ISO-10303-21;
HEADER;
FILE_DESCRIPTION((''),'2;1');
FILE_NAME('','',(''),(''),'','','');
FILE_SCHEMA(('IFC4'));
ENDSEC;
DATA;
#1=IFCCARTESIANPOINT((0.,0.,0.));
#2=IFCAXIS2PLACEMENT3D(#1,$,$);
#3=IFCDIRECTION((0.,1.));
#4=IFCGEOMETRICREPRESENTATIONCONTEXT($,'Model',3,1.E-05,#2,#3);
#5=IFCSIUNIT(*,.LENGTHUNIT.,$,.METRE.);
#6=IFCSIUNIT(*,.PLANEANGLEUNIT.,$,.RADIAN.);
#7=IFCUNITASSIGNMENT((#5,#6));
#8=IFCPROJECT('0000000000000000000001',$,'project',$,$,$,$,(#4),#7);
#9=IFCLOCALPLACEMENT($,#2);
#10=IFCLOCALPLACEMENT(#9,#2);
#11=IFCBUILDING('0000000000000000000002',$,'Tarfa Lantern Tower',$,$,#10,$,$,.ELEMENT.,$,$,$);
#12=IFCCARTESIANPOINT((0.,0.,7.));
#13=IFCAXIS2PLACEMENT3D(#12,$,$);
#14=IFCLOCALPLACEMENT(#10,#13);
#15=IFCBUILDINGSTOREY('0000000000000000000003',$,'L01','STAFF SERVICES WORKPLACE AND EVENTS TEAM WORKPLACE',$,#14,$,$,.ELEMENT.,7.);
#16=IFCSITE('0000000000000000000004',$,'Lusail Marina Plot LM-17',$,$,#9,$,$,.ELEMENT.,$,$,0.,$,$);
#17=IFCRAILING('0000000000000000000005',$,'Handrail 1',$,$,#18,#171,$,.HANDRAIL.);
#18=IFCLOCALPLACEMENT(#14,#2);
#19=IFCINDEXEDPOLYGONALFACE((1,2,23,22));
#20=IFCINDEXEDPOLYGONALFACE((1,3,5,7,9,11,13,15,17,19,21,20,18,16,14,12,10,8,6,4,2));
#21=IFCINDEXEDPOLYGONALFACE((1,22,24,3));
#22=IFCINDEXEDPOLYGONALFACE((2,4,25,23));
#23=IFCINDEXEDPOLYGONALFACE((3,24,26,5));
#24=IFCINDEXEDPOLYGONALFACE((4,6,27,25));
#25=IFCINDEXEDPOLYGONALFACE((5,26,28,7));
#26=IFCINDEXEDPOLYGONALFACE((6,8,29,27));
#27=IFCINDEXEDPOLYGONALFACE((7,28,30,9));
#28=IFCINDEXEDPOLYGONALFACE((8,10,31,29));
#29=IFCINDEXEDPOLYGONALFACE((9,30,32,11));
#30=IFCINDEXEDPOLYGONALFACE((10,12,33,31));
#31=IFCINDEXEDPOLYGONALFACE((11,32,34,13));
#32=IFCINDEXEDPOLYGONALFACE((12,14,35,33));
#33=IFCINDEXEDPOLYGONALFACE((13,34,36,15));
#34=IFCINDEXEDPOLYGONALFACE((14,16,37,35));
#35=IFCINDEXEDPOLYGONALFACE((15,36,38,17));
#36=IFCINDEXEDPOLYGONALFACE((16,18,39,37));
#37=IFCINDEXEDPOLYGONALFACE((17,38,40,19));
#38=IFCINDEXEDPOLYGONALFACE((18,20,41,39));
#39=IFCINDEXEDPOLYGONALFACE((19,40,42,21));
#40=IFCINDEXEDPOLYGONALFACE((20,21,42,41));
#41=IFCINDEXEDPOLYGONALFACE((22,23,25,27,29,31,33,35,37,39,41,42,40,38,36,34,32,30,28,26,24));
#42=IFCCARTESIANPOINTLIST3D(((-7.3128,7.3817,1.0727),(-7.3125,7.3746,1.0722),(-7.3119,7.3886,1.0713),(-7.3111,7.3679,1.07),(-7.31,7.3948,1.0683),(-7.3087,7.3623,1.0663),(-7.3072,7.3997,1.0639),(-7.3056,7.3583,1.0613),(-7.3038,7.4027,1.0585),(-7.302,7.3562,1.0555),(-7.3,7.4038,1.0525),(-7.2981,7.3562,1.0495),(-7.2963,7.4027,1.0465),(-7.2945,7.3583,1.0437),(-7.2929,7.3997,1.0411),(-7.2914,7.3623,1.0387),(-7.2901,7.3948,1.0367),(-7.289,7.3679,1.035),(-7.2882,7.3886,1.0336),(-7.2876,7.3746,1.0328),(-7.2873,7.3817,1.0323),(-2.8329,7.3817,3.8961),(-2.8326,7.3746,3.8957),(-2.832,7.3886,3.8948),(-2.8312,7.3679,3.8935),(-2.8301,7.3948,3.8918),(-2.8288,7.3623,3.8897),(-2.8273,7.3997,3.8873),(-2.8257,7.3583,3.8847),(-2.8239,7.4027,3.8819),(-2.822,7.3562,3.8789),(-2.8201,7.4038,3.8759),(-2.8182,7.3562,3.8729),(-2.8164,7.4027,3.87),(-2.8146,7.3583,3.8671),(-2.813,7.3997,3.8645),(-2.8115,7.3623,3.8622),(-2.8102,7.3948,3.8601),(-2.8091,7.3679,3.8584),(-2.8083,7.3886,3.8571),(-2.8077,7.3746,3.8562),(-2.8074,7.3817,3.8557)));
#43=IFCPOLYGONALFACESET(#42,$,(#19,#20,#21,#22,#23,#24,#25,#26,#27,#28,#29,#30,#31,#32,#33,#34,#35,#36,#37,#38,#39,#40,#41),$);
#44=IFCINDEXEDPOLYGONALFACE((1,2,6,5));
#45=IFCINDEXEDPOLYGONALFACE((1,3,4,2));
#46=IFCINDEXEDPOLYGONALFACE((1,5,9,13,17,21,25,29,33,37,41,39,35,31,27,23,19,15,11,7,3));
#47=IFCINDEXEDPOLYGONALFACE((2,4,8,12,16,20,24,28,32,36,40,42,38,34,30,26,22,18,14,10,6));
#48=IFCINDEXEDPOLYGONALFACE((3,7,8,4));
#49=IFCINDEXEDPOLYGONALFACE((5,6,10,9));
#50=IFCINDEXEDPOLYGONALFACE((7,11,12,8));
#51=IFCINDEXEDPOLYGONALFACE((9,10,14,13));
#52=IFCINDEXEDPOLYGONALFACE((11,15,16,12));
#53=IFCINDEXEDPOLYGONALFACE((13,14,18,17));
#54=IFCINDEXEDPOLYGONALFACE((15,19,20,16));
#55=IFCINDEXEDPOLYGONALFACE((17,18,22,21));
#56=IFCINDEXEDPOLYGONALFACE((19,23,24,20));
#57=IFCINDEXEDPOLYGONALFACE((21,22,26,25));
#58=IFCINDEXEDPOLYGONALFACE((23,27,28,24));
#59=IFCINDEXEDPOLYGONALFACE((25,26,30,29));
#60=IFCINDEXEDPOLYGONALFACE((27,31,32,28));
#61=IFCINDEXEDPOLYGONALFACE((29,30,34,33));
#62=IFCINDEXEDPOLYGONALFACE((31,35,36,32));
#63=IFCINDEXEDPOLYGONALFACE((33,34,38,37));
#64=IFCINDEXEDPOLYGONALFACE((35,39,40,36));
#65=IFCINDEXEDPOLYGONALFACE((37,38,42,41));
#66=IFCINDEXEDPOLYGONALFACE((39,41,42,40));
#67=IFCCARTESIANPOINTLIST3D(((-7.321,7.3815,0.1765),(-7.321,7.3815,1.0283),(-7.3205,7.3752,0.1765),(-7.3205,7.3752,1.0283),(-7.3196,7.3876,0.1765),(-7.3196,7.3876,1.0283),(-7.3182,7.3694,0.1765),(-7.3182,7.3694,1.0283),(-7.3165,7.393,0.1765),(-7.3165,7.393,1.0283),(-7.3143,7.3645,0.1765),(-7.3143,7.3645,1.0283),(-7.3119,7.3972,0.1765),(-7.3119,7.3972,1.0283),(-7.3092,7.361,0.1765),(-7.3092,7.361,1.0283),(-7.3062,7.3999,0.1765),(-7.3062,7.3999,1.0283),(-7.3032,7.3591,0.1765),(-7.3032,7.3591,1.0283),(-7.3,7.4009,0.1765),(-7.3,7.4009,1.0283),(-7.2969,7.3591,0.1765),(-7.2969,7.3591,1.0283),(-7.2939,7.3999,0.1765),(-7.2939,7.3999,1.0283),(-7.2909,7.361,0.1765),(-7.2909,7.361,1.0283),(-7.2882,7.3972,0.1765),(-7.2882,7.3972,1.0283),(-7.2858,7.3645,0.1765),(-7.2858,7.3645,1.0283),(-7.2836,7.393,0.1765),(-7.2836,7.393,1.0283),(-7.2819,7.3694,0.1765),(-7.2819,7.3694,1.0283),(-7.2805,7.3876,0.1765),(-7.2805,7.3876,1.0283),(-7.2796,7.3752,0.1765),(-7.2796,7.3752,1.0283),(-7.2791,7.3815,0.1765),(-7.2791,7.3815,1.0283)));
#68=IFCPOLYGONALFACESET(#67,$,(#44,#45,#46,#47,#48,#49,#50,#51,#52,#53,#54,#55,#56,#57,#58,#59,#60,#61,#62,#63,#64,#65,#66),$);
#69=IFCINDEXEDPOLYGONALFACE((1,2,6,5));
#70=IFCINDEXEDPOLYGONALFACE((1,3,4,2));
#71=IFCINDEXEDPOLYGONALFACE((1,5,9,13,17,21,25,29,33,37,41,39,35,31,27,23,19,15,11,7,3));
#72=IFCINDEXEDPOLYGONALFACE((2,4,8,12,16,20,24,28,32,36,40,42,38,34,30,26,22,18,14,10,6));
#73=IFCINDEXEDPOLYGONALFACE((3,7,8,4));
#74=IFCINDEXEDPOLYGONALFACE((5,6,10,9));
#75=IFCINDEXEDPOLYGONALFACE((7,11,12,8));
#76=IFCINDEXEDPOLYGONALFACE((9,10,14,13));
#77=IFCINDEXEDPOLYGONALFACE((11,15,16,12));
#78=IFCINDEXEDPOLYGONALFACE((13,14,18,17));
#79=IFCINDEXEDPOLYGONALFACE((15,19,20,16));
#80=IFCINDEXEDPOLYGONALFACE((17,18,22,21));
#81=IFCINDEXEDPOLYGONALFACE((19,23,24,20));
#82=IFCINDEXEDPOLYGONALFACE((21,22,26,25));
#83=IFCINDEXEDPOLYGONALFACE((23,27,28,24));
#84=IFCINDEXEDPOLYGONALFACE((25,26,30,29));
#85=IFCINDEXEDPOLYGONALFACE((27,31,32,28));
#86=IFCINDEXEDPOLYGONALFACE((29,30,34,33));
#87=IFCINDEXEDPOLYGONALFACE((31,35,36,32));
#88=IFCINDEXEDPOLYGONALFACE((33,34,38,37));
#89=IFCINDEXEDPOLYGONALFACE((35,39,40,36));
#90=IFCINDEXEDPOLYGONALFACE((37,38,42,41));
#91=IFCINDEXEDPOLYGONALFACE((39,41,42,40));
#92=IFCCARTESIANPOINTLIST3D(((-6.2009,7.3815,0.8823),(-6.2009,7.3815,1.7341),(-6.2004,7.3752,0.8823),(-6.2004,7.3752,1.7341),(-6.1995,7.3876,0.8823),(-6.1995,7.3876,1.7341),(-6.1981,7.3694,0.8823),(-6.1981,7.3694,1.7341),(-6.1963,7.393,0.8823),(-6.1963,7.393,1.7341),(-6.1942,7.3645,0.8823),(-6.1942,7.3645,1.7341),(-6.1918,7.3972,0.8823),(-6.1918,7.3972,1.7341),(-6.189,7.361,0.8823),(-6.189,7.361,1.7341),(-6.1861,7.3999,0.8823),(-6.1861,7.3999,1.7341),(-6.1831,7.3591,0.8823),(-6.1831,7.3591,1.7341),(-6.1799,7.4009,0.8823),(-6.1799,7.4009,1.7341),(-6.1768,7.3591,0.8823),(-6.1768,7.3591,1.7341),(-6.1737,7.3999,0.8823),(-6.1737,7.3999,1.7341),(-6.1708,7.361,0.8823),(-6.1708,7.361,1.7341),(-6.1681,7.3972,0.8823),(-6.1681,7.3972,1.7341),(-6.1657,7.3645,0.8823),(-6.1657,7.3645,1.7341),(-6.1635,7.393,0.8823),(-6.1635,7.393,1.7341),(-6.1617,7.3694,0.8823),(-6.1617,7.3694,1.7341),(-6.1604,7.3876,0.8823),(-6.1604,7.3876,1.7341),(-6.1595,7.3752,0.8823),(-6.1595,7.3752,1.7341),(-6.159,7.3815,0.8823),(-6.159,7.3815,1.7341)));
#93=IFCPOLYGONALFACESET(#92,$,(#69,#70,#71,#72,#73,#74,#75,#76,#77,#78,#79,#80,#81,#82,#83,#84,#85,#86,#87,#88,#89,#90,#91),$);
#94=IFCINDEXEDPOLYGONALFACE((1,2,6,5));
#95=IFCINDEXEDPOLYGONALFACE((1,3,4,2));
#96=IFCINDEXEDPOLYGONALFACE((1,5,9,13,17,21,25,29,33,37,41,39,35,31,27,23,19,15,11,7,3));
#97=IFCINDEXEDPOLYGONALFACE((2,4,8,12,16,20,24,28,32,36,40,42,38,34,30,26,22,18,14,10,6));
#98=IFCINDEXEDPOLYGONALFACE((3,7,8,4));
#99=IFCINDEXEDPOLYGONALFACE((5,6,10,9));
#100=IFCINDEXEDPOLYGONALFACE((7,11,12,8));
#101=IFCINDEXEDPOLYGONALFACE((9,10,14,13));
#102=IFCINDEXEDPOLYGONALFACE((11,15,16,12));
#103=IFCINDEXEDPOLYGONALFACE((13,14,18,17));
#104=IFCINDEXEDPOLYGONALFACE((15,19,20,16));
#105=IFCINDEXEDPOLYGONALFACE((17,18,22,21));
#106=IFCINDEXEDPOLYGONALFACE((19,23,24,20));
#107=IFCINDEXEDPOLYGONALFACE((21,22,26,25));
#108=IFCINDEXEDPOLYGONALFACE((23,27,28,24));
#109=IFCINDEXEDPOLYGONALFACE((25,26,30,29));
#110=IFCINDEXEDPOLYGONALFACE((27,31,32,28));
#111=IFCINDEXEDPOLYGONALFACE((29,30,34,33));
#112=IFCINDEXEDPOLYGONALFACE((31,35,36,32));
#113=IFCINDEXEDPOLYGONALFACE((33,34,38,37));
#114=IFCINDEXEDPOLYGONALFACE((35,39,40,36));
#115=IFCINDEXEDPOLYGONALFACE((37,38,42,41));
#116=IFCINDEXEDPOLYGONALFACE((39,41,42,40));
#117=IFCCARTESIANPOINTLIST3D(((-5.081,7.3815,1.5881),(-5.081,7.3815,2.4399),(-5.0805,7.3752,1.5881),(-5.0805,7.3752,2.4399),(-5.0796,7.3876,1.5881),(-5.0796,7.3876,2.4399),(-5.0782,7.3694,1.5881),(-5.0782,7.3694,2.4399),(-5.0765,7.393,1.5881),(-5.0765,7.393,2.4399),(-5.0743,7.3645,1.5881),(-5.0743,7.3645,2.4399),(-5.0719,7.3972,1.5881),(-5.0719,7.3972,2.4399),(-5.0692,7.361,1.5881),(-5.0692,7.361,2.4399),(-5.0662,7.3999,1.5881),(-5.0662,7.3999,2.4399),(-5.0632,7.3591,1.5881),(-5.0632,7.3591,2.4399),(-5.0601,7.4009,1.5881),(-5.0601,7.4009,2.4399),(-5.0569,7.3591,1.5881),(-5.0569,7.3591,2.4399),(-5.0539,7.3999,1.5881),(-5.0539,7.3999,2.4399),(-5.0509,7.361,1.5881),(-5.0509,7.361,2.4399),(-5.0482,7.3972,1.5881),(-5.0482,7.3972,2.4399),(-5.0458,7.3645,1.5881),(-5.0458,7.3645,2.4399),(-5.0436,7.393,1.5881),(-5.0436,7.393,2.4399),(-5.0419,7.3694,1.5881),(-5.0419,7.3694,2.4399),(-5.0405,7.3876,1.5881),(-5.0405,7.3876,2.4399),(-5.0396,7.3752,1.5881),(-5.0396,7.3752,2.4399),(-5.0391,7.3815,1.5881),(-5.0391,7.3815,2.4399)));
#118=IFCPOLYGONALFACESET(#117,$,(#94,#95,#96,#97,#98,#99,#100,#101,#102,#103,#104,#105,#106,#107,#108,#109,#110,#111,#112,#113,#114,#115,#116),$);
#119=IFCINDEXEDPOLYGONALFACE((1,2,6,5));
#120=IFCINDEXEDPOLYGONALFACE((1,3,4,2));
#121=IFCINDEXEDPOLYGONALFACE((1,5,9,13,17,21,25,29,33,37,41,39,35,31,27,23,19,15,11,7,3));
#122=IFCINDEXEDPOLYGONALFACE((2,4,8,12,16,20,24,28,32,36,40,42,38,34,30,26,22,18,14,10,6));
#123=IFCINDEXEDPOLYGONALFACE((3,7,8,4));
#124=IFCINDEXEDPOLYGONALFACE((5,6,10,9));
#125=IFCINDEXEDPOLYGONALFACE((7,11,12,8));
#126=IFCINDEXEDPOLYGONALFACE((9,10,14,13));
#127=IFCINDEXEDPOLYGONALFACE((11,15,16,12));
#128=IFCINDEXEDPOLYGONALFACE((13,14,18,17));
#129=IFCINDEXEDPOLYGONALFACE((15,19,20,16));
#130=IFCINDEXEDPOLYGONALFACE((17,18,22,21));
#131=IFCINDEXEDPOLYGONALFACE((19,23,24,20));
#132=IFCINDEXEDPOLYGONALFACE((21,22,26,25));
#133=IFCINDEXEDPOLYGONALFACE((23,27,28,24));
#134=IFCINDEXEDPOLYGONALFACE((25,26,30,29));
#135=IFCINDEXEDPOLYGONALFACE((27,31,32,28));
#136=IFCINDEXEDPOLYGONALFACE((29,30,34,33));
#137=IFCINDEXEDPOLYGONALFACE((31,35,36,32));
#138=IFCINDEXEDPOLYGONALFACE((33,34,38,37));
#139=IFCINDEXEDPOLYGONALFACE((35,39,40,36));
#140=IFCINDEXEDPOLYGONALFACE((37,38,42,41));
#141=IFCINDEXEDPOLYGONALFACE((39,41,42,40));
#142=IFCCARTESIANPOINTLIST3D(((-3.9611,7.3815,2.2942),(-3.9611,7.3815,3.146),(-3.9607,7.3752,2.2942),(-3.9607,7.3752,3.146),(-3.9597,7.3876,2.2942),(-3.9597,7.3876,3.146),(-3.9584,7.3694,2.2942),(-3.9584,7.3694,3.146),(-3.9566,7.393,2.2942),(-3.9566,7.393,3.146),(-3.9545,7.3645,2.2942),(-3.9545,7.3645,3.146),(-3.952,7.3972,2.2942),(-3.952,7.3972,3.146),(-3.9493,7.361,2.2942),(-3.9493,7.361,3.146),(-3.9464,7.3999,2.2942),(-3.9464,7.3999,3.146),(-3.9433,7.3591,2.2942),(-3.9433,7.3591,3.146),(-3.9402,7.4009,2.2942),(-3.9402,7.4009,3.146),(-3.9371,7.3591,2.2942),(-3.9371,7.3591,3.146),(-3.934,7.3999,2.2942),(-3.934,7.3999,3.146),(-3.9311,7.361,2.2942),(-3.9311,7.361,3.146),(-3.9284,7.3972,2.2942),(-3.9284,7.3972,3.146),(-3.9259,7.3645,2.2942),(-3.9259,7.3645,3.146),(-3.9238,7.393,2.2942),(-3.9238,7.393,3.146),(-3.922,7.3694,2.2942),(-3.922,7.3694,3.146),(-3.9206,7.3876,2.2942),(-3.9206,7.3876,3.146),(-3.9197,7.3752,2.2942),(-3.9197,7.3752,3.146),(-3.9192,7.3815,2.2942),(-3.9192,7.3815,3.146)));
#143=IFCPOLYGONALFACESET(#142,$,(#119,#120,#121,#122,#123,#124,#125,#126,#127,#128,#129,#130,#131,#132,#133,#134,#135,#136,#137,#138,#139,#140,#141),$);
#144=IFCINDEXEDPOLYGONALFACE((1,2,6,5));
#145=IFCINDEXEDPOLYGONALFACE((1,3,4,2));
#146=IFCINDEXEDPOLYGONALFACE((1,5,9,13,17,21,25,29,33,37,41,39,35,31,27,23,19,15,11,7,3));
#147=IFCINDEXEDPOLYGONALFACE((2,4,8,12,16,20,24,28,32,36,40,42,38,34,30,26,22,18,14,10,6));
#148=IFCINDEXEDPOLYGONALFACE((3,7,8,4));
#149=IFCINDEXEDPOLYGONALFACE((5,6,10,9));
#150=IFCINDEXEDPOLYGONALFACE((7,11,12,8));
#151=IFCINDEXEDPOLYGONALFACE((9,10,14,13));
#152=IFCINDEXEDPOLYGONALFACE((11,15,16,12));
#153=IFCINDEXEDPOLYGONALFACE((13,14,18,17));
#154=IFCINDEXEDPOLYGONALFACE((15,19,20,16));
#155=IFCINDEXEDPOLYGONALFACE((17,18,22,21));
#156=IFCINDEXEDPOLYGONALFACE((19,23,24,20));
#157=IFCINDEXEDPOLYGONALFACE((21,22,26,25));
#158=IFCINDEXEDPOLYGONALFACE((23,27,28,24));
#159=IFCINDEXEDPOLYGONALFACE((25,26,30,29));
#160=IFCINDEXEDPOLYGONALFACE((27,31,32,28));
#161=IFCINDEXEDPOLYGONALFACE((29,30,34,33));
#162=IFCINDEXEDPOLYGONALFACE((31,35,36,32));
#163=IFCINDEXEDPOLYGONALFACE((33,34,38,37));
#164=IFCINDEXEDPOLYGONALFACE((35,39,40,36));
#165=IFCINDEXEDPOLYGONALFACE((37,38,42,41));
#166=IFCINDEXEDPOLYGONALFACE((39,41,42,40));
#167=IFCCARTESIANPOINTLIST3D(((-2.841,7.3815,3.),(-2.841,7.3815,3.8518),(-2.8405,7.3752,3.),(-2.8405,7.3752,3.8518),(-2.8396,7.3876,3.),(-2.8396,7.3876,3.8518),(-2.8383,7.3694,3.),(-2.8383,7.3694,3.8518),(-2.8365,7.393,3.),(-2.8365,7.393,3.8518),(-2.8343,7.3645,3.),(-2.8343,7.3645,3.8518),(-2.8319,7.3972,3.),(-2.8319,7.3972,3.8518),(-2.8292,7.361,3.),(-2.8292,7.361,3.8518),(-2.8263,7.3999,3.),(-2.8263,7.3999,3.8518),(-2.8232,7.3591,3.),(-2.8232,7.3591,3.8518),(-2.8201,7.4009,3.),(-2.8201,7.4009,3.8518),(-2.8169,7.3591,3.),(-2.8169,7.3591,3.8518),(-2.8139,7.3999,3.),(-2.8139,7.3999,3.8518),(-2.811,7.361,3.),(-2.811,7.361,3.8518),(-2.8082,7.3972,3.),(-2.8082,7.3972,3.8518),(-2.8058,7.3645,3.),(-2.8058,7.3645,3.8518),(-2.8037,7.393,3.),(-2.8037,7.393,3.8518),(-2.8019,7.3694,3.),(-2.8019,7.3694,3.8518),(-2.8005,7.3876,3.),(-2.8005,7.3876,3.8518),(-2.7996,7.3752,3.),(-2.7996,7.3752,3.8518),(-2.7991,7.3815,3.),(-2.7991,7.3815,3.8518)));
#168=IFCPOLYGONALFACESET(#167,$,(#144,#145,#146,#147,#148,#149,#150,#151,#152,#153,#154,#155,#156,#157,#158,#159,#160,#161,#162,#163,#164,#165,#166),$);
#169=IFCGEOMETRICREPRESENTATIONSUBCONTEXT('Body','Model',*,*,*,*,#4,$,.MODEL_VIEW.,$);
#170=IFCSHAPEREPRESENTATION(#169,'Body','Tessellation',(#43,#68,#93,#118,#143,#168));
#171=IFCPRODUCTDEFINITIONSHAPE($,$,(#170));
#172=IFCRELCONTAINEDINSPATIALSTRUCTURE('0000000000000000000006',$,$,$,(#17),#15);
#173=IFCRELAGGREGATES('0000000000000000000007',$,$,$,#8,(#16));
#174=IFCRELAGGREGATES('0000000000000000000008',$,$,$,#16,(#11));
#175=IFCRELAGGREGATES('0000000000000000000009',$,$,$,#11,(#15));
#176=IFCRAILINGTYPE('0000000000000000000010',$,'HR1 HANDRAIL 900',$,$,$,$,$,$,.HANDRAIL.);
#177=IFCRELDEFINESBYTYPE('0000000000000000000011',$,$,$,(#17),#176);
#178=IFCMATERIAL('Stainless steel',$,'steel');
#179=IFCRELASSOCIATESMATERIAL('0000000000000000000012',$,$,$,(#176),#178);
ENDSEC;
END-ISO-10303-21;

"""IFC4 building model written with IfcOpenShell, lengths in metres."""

from ifc_helpers import new_model, si_unit, direction, frame, origin, origin_2d, place, context, subcontext, project, spatial, circle, extrude, material, type_object, element, save


model = new_model("IFC4")

# Units and contexts
model_context = context("Model", 3, precision=1e-05, world=origin(), true_north=direction((0.0, 1.0)))
body_context = subcontext(model_context, "Body", "Model", "MODEL_VIEW")
ifc_project = project(units=[si_unit("LENGTHUNIT", "METRE"), si_unit("PLANEANGLEUNIT", "RADIAN")], contexts=[model_context])

# Site, building, storey
site_placement = place(None, origin())
site = spatial("IfcSite", under=ifc_project, at=site_placement, Name="Lusail Marina Plot LM-17", CompositionType="ELEMENT", RefElevation=0.0)
building_placement = place(site_placement, origin())
building = spatial("IfcBuilding", under=site, at=building_placement, Name="Tarfa Lantern Tower", CompositionType="ELEMENT")
storey_placement = place(building_placement, frame((0.0, 0.0, 7.0)))
storey = spatial("IfcBuildingStorey", under=building, at=storey_placement, Name="L01", Description="STAFF SERVICES WORKPLACE AND EVENTS TEAM WORKPLACE", CompositionType="ELEMENT", Elevation=7.0)

# Railing
ifc_material_1 = material(Name="Stainless steel", Category="steel")
railing_type = type_object("IfcRailingType", Name="HR1 HANDRAIL 900", PredefinedType="HANDRAIL", material=ifc_material_1)
railing_1_placement = place(storey_placement, frame((-7.3, 7.3799, 0.1765)))
element("IfcRailing", 1, at=railing_1_placement, inside=storey, type_object=railing_type, Name="Handrail 1", PredefinedType="HANDRAIL", context=body_context, shape_type="SweptSolid", body=[
    extrude(circle(Radius=0.0239, at=origin_2d()), frame((0.0, 0.0, 0.876), z_axis=(0.845998, 0.0, 0.533186), x_axis=(0.0, 1.0, 0.0)), (0.0, 0.0, 1.0), 5.2954),
    extrude(circle(Radius=0.021, at=origin_2d()), frame((0.0, 0.0, 0.0), z_axis=(0.0, 0.0, 1.0), x_axis=(0.0, 1.0, 0.0)), (0.0, 0.0, 1.0), 0.8518),
    extrude(circle(Radius=0.021, at=origin_2d()), frame((1.1201, 0.0, 0.7058), z_axis=(0.0, 0.0, 1.0), x_axis=(0.0, 1.0, 0.0)), (0.0, 0.0, 1.0), 0.8518),
    extrude(circle(Radius=0.021, at=origin_2d()), frame((2.24, 0.0, 1.4116), z_axis=(0.0, 0.0, 1.0), x_axis=(0.0, 1.0, 0.0)), (0.0, 0.0, 1.0), 0.8518),
    extrude(circle(Radius=0.021, at=origin_2d()), frame((3.3599, 0.0, 2.1177), z_axis=(0.0, 0.0, 1.0), x_axis=(0.0, 1.0, 0.0)), (0.0, 0.0, 1.0), 0.8518),
    extrude(circle(Radius=0.021, at=origin_2d()), frame((4.48, 0.0, 2.8235), z_axis=(0.0, 0.0, 1.0), x_axis=(0.0, 1.0, 0.0)), (0.0, 0.0, 1.0), 0.8518),
])

save(model, "model.ifc")
